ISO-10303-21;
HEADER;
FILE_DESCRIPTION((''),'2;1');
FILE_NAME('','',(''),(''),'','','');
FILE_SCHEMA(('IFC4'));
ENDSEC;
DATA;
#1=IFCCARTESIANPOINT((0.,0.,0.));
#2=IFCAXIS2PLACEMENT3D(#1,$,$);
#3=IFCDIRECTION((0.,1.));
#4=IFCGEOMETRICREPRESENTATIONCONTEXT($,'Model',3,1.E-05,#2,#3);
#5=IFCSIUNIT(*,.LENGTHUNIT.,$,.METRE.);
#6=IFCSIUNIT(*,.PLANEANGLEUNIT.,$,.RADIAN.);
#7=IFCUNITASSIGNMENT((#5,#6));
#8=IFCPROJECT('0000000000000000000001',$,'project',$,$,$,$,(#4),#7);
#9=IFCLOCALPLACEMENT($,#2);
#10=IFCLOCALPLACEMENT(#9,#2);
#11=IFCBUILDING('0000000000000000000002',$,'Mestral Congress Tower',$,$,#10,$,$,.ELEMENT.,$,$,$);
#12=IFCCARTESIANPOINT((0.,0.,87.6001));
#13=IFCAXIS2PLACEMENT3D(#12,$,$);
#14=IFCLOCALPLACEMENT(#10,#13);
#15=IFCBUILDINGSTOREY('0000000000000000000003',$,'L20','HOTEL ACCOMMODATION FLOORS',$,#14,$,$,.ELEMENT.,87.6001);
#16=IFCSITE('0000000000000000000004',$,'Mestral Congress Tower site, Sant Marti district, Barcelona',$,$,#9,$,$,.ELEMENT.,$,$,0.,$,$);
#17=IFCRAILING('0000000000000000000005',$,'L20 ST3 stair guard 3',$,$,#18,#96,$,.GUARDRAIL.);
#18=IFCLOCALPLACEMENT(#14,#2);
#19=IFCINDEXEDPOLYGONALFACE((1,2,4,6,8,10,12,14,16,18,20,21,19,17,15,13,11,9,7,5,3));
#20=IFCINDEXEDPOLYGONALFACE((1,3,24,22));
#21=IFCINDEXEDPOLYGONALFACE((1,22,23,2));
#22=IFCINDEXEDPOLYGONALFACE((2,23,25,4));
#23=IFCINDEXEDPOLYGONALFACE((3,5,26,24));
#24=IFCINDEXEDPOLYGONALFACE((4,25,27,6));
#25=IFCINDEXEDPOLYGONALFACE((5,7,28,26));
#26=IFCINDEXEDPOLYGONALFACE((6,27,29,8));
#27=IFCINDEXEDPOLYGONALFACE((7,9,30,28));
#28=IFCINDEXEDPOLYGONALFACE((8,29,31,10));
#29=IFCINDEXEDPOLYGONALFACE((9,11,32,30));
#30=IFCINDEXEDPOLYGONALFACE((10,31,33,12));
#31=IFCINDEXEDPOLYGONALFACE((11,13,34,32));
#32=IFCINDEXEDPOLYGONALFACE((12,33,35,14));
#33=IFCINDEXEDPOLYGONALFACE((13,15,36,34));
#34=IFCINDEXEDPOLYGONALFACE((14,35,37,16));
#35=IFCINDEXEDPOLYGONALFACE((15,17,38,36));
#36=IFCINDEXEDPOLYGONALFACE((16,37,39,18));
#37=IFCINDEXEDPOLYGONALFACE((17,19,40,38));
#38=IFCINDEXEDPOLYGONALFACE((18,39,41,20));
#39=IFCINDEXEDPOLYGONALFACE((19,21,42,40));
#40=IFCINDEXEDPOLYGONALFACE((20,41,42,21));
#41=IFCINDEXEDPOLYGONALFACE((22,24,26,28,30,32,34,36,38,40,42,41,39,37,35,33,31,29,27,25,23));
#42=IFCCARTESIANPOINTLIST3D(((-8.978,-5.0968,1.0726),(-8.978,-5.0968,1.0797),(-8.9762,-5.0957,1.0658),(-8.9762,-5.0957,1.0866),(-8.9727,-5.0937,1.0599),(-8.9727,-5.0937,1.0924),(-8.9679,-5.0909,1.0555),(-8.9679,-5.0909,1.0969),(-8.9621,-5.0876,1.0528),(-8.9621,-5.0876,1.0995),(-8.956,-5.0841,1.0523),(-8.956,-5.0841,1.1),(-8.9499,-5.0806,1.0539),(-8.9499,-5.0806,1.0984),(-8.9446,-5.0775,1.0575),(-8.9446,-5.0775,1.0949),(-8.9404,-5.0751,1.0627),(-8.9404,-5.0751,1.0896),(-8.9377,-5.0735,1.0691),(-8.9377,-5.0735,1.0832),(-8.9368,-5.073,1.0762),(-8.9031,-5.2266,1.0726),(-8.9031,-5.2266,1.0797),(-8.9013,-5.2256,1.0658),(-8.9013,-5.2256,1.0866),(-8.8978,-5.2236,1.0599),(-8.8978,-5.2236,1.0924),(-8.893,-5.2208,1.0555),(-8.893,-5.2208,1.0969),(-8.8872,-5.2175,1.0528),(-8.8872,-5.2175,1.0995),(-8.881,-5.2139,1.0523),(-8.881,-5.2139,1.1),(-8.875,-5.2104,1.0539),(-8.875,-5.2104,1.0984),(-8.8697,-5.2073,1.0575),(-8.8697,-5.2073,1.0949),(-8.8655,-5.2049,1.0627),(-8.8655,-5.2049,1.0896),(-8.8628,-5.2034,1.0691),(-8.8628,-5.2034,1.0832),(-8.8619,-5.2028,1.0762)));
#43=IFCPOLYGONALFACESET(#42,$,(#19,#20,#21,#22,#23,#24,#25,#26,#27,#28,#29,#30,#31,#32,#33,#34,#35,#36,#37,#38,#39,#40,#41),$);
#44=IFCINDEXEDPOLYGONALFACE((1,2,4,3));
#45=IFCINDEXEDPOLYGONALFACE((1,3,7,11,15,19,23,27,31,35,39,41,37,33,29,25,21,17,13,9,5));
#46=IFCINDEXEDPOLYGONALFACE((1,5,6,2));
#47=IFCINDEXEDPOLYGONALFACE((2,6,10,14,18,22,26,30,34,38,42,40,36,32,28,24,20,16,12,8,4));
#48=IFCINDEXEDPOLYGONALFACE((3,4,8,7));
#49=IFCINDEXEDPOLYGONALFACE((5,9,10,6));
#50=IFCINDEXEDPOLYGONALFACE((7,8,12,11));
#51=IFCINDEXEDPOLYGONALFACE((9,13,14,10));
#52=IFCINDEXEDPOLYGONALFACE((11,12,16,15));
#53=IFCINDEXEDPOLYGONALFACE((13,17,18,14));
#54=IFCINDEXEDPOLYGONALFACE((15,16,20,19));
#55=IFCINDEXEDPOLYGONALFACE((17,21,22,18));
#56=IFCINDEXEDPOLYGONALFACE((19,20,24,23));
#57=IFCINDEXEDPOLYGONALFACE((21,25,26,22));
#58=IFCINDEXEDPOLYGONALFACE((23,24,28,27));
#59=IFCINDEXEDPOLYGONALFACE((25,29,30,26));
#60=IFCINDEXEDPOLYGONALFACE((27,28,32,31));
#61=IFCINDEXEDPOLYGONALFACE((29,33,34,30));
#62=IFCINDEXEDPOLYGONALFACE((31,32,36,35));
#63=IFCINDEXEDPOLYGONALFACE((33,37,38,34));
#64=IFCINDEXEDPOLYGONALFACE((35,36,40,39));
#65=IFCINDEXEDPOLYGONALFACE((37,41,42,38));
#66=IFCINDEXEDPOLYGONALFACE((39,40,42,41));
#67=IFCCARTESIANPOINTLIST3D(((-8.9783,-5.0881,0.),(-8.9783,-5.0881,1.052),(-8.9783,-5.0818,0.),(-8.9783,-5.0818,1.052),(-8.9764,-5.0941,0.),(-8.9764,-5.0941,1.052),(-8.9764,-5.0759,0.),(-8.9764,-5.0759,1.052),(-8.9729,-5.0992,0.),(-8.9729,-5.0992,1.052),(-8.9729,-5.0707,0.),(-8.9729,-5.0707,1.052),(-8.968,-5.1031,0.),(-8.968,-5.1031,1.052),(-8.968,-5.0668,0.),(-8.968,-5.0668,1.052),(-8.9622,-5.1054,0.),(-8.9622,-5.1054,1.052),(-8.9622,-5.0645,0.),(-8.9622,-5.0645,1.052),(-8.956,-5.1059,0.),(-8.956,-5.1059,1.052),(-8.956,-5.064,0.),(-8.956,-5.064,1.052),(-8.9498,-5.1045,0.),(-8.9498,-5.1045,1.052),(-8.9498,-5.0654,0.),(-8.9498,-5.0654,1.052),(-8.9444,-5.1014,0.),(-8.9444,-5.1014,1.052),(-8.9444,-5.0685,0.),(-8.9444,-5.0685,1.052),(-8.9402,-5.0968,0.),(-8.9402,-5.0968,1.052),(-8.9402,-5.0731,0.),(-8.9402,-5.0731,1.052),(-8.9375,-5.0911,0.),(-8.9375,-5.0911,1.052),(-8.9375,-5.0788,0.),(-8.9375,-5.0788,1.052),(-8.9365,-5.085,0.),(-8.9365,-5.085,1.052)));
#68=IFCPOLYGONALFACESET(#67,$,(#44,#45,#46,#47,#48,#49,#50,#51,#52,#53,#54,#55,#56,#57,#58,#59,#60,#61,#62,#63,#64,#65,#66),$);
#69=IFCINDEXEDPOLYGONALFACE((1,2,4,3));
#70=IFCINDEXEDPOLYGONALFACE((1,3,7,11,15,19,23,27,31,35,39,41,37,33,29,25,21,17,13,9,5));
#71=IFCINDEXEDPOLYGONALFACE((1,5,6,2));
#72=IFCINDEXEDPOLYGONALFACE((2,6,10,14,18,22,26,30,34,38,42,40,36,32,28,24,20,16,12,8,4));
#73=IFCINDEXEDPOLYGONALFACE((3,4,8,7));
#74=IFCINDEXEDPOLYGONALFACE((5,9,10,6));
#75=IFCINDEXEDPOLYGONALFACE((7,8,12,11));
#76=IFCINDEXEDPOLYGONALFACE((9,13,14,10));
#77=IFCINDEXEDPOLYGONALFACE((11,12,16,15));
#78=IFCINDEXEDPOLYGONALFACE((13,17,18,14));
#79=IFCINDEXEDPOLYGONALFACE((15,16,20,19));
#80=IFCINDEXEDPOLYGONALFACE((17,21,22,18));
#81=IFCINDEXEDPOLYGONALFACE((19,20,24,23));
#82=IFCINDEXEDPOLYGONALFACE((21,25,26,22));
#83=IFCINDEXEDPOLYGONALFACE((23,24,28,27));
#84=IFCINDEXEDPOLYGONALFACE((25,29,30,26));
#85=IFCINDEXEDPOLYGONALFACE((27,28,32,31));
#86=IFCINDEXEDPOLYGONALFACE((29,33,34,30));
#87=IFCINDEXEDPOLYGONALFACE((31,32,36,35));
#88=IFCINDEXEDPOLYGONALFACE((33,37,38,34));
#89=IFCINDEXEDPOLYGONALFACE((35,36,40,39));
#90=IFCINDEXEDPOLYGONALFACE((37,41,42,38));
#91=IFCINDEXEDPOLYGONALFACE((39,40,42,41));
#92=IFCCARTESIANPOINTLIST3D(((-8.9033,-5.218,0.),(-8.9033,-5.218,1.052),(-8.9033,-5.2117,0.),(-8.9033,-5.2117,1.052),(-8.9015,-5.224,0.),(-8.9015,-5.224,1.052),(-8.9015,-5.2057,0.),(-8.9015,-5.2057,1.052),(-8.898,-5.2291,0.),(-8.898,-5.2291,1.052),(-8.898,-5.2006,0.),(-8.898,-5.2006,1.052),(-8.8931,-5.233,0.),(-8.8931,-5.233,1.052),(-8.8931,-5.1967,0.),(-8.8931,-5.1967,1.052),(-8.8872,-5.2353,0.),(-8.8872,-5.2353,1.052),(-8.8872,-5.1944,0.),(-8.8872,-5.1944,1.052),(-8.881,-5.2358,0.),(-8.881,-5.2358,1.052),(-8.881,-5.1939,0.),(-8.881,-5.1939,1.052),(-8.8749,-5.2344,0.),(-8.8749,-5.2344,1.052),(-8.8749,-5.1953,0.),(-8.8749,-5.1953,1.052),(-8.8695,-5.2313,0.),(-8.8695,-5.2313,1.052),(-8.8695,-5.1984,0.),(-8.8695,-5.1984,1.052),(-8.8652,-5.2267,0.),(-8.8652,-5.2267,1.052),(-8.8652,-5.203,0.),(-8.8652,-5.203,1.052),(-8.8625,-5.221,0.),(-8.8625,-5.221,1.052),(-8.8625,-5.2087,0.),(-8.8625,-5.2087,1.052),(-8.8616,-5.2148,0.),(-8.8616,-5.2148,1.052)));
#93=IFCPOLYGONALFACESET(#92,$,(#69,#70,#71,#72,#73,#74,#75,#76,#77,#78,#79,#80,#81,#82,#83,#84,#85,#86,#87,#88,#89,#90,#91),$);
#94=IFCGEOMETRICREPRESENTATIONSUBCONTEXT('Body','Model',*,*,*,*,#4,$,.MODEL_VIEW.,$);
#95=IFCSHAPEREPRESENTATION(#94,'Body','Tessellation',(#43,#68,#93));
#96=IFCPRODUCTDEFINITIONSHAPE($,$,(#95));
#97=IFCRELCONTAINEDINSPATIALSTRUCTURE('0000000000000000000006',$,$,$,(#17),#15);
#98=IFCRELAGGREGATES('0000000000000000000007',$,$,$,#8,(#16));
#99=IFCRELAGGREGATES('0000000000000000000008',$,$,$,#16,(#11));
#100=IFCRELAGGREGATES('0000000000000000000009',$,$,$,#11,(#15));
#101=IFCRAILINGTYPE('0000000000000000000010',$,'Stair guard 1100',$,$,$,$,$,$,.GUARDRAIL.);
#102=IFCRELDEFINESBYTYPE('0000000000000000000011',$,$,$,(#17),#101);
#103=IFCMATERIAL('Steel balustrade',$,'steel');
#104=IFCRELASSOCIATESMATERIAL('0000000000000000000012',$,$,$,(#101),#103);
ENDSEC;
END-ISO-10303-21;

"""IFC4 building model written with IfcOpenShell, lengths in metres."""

from ifc_helpers import new_model, si_unit, direction, frame, origin, origin_2d, place, context, subcontext, project, spatial, circle, extrude, material, type_object, element, save


model = new_model("IFC4")

# Units and contexts
model_context = context("Model", 3, precision=1e-05, world=origin(), true_north=direction((0.0, 1.0)))
body_context = subcontext(model_context, "Body", "Model", "MODEL_VIEW")
ifc_project = project(units=[si_unit("LENGTHUNIT", "METRE"), si_unit("PLANEANGLEUNIT", "RADIAN")], contexts=[model_context])

# Site, building, storey
site_placement = place(None, origin())
site = spatial("IfcSite", under=ifc_project, at=site_placement, Name="Mestral Congress Tower site, Sant Marti district, Barcelona", CompositionType="ELEMENT", RefElevation=0.0)
building_placement = place(site_placement, origin())
building = spatial("IfcBuilding", under=site, at=building_placement, Name="Mestral Congress Tower", CompositionType="ELEMENT")
storey_placement = place(building_placement, frame((0.0, 0.0, 87.6001)))
storey = spatial("IfcBuildingStorey", under=building, at=storey_placement, Name="L20", Description="HOTEL ACCOMMODATION FLOORS", CompositionType="ELEMENT", Elevation=87.6001)

# Railing
ifc_material_1 = material(Name="Steel balustrade", Category="steel")
railing_type_1 = type_object("IfcRailingType", Name="Stair guard 1100", PredefinedType="GUARDRAIL", material=ifc_material_1)
railing_1_placement = place(storey_placement, frame((-8.9575, -5.085, 0.0)))
element("IfcRailing", 1, at=railing_1_placement, inside=storey, type_object=railing_type_1, Name="L20 ST3 stair guard 3", PredefinedType="GUARDRAIL", context=body_context, shape_type="SweptSolid", body=[
    extrude(circle(Radius=0.0239, at=origin_2d()), frame((0.0, 0.0, 1.0762), z_axis=(0.499816, -0.866131, 0.0), x_axis=(0.866131, 0.499816, 0.0)), (0.0, 0.0, 1.0), 0.1499),
    extrude(circle(Radius=0.021, at=origin_2d()), origin(), (0.0, 0.0, 1.0), 1.052),
    extrude(circle(Radius=0.021, at=origin_2d()), frame((0.075, -0.1299, 0.0)), (0.0, 0.0, 1.0), 1.052),
])

save(model, "model.ifc")
